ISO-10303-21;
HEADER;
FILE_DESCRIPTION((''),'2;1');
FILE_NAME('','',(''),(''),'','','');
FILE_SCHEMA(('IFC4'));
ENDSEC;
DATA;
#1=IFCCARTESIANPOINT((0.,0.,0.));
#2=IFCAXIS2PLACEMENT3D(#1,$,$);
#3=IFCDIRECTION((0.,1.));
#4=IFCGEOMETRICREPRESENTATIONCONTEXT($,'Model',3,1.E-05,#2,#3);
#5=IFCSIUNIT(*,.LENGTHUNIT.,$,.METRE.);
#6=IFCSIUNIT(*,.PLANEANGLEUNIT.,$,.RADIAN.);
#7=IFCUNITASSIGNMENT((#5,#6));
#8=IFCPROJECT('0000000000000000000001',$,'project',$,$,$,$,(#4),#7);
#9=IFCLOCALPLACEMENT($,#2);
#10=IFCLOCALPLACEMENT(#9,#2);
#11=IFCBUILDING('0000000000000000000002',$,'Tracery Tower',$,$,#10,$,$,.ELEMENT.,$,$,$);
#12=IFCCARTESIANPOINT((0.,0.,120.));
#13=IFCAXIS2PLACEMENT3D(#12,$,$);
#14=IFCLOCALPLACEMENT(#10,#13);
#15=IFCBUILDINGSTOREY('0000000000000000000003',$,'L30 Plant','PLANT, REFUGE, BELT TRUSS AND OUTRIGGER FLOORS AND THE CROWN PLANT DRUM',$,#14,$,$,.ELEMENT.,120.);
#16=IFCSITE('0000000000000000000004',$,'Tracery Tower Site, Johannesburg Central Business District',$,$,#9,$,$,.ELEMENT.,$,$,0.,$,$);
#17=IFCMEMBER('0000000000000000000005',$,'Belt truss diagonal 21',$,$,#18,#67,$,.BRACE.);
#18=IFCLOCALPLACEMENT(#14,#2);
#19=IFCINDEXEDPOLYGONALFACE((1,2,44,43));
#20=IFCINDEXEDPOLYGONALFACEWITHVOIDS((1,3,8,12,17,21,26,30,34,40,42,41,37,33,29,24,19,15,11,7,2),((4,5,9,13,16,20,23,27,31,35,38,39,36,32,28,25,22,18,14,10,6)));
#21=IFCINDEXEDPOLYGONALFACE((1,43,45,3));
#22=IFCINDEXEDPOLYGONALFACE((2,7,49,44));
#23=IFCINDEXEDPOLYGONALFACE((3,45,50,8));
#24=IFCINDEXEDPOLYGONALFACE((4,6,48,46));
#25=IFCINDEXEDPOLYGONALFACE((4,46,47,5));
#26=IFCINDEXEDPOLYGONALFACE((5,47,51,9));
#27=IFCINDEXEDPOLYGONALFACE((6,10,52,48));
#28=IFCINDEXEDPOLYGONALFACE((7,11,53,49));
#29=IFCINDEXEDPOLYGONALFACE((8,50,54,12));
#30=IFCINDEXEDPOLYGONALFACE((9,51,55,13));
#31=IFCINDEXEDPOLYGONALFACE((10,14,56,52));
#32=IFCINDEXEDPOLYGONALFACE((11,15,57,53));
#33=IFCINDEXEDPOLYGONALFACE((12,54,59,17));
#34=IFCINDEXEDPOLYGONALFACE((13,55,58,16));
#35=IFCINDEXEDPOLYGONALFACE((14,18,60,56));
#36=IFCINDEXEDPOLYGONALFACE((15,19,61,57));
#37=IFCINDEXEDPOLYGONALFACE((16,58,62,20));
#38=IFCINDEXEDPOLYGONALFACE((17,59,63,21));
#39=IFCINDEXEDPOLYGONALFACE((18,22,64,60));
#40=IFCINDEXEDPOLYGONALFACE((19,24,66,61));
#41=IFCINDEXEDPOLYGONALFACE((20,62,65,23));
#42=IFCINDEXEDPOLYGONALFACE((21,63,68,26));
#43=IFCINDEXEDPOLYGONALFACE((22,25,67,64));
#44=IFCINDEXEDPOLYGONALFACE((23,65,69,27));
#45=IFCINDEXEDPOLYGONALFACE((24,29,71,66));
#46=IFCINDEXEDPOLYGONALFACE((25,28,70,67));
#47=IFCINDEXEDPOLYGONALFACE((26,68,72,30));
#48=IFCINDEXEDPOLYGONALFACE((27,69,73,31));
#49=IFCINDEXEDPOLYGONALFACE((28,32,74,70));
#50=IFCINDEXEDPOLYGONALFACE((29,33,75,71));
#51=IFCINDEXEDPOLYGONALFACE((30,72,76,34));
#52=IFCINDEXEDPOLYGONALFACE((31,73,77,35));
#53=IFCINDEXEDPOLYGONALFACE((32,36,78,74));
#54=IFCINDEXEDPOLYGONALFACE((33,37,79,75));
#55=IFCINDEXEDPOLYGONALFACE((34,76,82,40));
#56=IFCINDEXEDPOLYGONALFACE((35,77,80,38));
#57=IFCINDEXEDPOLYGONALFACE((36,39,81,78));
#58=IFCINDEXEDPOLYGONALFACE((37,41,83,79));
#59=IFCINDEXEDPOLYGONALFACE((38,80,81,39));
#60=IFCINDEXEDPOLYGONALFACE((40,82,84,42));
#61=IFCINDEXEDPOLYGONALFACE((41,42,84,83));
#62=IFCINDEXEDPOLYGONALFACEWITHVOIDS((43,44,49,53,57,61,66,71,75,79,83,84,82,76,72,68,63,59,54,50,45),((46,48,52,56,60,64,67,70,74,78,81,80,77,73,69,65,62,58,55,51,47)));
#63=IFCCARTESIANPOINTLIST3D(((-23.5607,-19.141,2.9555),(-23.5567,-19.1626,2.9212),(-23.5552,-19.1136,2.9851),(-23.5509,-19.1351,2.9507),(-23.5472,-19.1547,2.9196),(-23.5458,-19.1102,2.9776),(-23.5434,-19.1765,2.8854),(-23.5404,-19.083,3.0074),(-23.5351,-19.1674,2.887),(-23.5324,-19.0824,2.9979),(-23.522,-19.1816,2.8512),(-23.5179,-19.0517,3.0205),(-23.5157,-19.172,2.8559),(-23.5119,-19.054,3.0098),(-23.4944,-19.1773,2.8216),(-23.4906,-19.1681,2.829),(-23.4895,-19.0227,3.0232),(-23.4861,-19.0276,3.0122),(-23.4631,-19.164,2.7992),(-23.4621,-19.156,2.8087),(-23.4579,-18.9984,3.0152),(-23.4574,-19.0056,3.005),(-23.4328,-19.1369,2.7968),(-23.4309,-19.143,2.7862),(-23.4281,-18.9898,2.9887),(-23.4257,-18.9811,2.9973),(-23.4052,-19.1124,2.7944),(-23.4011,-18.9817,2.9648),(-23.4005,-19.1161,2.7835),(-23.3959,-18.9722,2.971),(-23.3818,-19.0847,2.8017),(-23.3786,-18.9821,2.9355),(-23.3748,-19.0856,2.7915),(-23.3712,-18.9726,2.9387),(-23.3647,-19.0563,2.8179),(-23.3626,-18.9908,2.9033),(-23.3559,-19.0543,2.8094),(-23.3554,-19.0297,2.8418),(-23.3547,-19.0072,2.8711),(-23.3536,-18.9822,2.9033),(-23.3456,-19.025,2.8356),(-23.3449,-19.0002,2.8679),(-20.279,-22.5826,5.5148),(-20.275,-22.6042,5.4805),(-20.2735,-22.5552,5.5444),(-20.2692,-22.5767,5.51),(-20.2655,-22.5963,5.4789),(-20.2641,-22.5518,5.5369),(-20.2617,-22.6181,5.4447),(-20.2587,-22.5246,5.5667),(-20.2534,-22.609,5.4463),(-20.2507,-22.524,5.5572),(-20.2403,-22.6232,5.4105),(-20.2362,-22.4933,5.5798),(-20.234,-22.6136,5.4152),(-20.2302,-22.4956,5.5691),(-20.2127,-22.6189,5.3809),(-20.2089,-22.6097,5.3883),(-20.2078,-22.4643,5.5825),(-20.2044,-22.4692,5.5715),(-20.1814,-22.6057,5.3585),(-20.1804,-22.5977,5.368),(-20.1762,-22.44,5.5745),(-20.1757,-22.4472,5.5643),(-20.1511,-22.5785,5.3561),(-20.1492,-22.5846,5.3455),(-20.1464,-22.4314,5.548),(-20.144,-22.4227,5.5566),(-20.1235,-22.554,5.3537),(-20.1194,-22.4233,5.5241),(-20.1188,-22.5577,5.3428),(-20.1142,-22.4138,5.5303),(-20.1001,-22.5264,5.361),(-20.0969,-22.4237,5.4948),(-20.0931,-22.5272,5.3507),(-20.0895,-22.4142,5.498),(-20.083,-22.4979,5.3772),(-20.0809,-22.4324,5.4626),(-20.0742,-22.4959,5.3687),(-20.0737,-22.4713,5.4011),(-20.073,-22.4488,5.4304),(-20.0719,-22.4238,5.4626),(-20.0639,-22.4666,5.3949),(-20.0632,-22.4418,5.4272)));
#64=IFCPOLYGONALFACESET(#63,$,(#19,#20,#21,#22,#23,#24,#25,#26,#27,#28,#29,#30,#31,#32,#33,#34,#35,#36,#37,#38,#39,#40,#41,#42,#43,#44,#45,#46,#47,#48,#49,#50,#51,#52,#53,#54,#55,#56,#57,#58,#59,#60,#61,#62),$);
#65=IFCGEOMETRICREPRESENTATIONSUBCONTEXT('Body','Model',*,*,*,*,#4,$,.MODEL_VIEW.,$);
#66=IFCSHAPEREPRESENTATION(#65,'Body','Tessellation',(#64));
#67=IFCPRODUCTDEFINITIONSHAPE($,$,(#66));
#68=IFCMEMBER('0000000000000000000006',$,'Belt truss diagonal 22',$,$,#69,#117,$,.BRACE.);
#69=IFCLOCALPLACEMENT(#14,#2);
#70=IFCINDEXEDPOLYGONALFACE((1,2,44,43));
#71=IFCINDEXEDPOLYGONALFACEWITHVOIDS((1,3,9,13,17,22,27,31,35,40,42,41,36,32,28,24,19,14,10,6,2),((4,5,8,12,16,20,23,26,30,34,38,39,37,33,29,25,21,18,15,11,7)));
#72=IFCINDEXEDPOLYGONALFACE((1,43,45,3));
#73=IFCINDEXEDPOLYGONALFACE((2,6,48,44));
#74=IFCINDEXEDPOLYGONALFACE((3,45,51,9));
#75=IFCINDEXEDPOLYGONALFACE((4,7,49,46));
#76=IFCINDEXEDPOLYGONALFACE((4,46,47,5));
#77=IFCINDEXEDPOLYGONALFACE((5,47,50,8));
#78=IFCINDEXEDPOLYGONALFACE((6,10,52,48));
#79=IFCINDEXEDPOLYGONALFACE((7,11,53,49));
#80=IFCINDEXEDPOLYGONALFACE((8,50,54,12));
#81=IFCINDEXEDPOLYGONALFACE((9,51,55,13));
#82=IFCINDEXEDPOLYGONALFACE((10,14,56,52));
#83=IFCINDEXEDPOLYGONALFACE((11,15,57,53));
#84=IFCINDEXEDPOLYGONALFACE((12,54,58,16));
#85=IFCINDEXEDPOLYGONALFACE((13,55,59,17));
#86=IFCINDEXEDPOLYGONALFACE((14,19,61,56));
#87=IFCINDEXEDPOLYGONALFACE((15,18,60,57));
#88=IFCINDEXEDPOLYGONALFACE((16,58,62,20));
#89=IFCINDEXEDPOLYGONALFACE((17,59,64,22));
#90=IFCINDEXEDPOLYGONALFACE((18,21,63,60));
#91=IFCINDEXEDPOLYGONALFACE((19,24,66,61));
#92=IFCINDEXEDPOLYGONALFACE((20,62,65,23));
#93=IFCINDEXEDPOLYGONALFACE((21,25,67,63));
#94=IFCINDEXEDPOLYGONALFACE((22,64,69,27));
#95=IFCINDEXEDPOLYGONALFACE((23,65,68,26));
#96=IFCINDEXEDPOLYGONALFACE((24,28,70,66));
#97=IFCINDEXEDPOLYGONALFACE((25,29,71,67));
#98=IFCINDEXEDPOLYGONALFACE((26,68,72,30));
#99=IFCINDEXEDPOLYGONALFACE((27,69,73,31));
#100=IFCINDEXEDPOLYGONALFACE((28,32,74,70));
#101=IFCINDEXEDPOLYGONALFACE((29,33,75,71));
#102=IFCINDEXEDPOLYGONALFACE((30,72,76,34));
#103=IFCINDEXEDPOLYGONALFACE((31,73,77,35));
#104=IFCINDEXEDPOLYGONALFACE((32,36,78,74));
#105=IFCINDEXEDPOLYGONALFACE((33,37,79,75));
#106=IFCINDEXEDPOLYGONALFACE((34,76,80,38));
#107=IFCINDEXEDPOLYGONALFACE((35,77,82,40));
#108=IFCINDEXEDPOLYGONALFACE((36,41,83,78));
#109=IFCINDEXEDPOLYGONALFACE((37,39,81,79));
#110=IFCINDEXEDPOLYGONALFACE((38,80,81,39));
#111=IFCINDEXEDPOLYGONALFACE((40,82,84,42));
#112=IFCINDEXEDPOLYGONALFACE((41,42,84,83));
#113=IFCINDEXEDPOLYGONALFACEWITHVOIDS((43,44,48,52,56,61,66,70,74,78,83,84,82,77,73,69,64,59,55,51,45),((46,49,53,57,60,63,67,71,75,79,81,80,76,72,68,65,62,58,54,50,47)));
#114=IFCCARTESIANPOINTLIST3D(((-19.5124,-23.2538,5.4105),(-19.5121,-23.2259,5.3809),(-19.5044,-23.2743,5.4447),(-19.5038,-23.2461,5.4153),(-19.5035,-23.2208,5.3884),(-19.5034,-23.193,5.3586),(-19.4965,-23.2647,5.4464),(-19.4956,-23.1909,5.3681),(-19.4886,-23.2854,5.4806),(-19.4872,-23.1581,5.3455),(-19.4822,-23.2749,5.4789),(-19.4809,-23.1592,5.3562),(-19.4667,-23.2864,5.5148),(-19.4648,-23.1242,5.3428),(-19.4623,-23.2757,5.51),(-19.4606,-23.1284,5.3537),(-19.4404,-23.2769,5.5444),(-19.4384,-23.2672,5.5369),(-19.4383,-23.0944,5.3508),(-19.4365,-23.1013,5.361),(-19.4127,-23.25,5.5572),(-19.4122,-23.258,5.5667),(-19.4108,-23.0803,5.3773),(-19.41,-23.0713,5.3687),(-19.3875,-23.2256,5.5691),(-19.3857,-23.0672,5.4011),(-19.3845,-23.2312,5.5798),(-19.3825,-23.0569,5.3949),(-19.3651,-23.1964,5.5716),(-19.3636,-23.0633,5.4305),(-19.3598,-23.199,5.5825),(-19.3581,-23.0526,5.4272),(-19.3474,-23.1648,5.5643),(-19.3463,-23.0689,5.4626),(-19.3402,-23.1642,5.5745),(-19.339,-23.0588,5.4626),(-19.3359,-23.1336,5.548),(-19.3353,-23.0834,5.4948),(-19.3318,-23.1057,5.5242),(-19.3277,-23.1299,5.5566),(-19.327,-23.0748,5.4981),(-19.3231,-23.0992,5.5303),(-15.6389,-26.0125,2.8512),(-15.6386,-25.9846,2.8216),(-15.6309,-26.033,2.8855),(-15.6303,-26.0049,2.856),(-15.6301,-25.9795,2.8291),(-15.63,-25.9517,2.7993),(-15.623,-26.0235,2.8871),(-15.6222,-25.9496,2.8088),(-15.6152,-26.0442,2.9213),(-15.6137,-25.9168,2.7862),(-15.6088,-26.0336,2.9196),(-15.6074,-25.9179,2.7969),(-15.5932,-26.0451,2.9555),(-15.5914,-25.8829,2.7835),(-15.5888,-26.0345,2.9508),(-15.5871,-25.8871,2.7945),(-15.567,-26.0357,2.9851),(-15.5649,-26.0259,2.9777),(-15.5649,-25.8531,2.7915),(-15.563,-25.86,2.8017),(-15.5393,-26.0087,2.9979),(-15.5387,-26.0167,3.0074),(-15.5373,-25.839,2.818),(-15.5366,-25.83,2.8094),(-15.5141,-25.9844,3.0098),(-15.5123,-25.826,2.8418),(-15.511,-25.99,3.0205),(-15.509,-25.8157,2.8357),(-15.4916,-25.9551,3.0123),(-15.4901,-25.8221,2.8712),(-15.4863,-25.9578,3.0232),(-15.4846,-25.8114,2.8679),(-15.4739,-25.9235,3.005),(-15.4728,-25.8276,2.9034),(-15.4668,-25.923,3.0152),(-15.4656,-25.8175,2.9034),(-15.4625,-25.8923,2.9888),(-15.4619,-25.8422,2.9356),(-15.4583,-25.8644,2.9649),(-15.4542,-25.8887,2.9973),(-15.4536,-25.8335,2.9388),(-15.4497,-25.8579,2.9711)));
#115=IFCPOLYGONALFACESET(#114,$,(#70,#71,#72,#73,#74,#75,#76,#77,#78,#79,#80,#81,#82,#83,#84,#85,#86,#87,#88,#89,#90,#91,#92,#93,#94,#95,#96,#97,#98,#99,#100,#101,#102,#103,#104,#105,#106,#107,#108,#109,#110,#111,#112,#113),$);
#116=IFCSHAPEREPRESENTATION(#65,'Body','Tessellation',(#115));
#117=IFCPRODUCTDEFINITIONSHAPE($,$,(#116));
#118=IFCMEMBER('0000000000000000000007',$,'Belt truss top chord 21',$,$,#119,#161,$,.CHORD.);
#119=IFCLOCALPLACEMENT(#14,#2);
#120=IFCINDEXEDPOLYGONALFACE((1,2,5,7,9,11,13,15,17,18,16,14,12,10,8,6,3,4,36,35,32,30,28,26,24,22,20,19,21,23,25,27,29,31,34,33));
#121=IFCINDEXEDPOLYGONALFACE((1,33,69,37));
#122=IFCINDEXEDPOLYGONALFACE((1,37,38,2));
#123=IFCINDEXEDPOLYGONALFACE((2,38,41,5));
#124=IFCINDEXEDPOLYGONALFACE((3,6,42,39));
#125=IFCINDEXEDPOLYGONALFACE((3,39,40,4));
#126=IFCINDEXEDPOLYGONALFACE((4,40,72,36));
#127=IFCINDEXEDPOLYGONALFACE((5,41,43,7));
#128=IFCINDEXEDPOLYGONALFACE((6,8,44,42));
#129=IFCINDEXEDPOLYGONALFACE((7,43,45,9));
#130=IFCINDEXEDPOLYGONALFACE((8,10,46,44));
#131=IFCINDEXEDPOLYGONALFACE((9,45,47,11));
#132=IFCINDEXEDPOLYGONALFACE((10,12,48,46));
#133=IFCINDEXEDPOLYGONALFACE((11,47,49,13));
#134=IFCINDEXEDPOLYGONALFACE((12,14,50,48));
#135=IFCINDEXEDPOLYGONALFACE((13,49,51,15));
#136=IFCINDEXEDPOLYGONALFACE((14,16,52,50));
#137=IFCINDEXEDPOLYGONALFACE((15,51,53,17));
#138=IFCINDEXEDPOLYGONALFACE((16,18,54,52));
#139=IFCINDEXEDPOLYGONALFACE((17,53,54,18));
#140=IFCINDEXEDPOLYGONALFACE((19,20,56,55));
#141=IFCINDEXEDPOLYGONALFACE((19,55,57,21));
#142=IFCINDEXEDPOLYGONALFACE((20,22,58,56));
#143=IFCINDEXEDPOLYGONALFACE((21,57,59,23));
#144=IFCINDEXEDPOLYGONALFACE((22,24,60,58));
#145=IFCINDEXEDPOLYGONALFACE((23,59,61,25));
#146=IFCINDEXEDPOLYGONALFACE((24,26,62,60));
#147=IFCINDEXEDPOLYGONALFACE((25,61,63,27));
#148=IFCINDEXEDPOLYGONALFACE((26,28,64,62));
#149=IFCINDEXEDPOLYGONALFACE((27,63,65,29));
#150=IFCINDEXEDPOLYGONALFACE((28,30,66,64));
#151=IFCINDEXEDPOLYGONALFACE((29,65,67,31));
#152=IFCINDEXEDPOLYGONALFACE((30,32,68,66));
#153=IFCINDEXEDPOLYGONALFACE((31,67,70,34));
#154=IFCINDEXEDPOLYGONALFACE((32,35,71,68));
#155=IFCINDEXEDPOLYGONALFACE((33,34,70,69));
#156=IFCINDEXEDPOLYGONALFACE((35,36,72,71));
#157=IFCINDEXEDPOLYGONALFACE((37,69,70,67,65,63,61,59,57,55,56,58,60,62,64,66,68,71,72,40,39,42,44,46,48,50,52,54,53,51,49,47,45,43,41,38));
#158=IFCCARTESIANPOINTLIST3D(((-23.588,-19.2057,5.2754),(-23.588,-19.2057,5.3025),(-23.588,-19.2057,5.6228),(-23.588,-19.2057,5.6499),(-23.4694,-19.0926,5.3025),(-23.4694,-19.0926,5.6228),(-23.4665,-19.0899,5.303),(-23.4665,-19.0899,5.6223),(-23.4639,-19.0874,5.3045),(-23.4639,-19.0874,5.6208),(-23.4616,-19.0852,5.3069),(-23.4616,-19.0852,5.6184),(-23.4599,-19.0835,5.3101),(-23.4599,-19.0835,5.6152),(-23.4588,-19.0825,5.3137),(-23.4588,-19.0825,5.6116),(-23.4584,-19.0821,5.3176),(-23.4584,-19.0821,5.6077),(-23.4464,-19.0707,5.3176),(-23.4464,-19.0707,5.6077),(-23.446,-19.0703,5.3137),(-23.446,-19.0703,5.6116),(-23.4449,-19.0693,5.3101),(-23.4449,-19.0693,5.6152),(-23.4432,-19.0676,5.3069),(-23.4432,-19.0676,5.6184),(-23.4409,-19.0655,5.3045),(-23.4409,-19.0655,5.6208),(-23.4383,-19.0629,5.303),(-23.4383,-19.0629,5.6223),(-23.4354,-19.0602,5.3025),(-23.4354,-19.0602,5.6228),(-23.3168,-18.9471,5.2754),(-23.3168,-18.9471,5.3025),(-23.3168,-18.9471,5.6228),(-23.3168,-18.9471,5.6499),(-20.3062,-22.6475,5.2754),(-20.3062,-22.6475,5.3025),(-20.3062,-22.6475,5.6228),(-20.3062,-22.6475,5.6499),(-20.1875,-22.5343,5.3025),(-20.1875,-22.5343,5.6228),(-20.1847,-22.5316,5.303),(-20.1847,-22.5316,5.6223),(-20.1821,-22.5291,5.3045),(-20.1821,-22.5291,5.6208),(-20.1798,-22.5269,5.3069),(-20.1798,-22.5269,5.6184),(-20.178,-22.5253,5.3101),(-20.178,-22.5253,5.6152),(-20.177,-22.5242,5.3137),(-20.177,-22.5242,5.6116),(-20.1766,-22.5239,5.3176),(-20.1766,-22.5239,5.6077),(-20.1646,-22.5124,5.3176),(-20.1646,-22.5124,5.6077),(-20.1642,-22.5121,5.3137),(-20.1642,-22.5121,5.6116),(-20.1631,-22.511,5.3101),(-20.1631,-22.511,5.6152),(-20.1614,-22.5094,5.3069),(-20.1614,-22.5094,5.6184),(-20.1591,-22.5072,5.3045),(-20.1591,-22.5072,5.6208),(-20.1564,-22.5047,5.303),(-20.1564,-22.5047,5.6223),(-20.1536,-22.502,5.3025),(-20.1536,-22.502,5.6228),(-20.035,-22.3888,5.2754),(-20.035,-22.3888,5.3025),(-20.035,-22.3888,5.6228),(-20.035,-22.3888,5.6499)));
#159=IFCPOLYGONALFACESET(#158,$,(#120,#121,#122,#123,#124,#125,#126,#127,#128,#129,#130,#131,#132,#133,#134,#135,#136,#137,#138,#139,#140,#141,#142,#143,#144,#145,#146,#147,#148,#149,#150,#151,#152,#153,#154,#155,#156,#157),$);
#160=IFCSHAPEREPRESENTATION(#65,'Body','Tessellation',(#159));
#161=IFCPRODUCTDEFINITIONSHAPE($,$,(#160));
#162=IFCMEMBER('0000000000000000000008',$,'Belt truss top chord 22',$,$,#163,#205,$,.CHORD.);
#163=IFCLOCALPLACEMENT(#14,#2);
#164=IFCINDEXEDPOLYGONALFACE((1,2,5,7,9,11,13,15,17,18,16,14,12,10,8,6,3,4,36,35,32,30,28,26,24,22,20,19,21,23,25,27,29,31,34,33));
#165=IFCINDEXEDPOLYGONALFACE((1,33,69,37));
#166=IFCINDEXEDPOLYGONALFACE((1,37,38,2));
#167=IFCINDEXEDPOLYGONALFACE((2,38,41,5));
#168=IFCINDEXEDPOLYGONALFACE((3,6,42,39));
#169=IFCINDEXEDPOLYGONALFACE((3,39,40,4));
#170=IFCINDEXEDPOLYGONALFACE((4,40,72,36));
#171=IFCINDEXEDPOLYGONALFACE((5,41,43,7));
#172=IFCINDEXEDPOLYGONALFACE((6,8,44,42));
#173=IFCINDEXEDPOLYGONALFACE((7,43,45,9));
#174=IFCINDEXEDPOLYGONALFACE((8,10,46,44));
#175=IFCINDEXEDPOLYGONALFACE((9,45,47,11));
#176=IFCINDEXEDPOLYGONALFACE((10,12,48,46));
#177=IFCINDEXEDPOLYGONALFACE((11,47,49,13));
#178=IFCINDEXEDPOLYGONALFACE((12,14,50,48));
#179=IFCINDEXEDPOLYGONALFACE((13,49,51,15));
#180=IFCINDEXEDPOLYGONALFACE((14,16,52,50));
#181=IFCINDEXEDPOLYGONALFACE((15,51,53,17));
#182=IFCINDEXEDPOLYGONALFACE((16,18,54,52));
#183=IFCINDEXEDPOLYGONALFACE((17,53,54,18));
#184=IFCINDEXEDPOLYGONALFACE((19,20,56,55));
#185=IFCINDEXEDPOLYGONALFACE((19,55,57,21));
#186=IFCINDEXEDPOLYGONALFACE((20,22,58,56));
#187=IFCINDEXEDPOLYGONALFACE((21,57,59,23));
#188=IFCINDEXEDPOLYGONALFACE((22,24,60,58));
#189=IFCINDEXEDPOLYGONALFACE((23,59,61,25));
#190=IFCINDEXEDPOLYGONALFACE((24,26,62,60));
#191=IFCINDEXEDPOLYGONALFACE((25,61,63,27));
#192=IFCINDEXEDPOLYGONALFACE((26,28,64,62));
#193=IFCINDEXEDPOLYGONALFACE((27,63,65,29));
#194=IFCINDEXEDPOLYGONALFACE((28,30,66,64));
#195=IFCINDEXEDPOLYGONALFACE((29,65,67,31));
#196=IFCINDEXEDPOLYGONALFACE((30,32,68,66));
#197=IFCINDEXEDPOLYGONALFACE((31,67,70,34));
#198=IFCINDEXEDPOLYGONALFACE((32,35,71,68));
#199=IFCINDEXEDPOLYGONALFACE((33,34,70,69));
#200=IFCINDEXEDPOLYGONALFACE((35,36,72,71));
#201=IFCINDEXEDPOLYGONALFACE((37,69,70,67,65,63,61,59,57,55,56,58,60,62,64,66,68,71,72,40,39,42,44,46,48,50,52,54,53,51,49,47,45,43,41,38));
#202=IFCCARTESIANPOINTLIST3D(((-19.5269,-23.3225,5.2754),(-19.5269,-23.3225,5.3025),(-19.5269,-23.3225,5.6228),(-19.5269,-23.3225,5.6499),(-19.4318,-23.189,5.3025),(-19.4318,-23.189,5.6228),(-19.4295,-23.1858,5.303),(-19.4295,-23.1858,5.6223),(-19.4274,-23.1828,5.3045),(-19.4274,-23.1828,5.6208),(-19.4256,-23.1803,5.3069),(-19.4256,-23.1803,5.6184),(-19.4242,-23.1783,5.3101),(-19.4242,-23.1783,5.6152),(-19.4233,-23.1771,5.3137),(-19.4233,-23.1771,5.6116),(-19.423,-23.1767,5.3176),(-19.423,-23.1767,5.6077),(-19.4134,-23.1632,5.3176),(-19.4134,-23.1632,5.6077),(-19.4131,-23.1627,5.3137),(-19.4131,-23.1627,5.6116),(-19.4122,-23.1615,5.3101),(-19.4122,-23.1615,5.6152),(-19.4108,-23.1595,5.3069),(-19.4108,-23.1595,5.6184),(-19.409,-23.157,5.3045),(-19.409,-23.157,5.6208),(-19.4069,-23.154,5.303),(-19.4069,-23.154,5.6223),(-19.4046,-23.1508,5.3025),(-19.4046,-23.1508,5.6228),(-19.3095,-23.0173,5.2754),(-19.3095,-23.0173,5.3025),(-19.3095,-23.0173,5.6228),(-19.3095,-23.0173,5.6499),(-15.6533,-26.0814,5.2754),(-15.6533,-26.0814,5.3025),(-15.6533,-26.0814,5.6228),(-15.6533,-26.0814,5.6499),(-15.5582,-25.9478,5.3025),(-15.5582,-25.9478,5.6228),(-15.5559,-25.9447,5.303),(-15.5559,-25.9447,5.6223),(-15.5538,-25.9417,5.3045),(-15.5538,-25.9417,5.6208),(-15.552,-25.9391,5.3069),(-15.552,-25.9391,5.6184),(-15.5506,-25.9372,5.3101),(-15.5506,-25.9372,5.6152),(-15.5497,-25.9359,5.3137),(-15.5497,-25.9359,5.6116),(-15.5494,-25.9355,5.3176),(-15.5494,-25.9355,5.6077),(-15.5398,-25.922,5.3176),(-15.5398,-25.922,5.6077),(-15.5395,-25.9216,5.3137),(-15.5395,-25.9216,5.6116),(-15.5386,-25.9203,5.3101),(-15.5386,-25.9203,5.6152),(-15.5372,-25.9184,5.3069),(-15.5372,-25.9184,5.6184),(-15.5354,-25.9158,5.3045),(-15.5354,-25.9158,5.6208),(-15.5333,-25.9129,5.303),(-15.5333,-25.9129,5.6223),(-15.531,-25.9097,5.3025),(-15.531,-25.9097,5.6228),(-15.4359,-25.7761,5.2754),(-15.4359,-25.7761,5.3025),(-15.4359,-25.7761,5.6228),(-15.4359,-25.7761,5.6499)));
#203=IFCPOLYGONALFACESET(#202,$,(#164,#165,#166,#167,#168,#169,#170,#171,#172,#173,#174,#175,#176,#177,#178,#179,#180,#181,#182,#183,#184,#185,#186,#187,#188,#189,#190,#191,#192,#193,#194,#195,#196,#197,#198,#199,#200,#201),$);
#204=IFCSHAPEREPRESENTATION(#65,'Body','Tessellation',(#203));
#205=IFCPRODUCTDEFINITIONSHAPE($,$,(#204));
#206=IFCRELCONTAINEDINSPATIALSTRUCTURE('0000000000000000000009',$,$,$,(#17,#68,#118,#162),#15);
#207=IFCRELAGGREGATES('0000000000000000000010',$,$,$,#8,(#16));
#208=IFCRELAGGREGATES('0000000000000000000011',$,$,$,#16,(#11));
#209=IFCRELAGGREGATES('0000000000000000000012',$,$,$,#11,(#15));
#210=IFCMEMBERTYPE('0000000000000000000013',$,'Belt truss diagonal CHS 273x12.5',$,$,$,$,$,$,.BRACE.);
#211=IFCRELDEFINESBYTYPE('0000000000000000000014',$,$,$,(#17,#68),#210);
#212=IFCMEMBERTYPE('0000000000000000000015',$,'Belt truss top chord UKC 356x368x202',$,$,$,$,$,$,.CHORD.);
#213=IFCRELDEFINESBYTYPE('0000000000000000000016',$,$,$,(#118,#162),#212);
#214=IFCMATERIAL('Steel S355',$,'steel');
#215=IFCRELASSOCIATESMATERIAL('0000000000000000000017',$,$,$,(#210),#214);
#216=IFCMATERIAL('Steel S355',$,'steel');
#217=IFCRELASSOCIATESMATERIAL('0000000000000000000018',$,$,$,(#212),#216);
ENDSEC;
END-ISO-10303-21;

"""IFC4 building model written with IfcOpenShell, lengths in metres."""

from ifc_helpers import new_model, si_unit, direction, frame, origin, origin_2d, place, context, subcontext, project, spatial, hollow_circle, i_section, extrude, material, material_profile, profile_set, type_object, element, save


model = new_model("IFC4")

# Units and contexts
model_context = context("Model", 3, precision=1e-05, world=origin(), true_north=direction((0.0, 1.0)))
body_context = subcontext(model_context, "Body", "Model", "MODEL_VIEW")
ifc_project = project(units=[si_unit("LENGTHUNIT", "METRE"), si_unit("PLANEANGLEUNIT", "RADIAN")], contexts=[model_context])

# Site, building, storey
site_placement = place(None, origin())
site = spatial("IfcSite", under=ifc_project, at=site_placement, Name="Tracery Tower Site, Johannesburg Central Business District", CompositionType="ELEMENT", RefElevation=0.0)
building_placement = place(site_placement, origin())
building = spatial("IfcBuilding", under=site, at=building_placement, Name="Tracery Tower", CompositionType="ELEMENT")
storey_placement = place(building_placement, frame((0.0, 0.0, 120.0)))
storey = spatial("IfcBuildingStorey", under=building, at=storey_placement, Name="L30 Plant", Description="PLANT, REFUGE, BELT TRUSS AND OUTRIGGER FLOORS AND THE CROWN PLANT DRUM", CompositionType="ELEMENT", Elevation=120.0)

# Members
ifc_material_1 = material(Name="Steel S355", Category="steel")
ifc_material_profile_1 = material_profile(ifc_material_1, hollow_circle(Radius=0.1365, WallThickness=0.0125, at=origin_2d()), Name="CHS 273x12.5")
ifc_profile_set_1 = profile_set([ifc_material_profile_1], Name="Steel S355")
member_type_1 = type_object("IfcMemberType", Name="Belt truss diagonal CHS 273x12.5", PredefinedType="BRACE", material=ifc_profile_set_1)
for number, where, z_axis, x_axis, name in (
    (1, (-23.4524, -19.0764, 2.9033), (0.607678, -0.637289, 0.473909), (0.72372, 0.690093, 0.0), "Belt truss diagonal 21"),
    (2, (-19.4182, -23.1699, 5.4626), (0.717256, -0.51084, -0.473906), (0.580121, 0.814531, 0.0), "Belt truss diagonal 22"),
):
    element("IfcMember", number, at=place(storey_placement, frame(where, z_axis=z_axis, x_axis=x_axis)), inside=storey, type_object=member_type_1, Name=name, PredefinedType="BRACE", context=body_context, shape_type="SweptSolid", body=[
        extrude(hollow_circle(Radius=0.1365, WallThickness=0.0125, at=origin_2d()), origin(), (0.0, 0.0, 1.0), 5.4004),
    ])
ifc_material_2 = material(Name="Steel S355", Category="steel")
ifc_material_profile_2 = material_profile(ifc_material_2, i_section(OverallWidth=0.3748, OverallDepth=0.3745, WebThickness=0.0166, FlangeThickness=0.0271, FilletRadius=0.0151, at=origin_2d()), Name="UKC 356x368x202")
ifc_profile_set_2 = profile_set([ifc_material_profile_2], Name="Steel S355")
member_type_2 = type_object("IfcMemberType", Name="Belt truss top chord UKC 356x368x202", PredefinedType="CHORD", material=ifc_profile_set_2)
for number, where, z_axis, x_axis, name in (
    (3, (-23.4524, -19.0764, 5.4626), (0.690093, -0.72372, 0.0), (0.72372, 0.690093, 0.0), "Belt truss top chord 21"),
    (4, (-19.4182, -23.1699, 5.4626), (0.814531, -0.580121, 0.0), (0.580121, 0.814531, 0.0), "Belt truss top chord 22"),
):
    element("IfcMember", number, at=place(storey_placement, frame(where, z_axis=z_axis, x_axis=x_axis)), inside=storey, type_object=member_type_2, Name=name, PredefinedType="CHORD", context=body_context, shape_type="SweptSolid", body=[
        extrude(i_section(OverallWidth=0.3748, OverallDepth=0.3745, WebThickness=0.0166, FlangeThickness=0.0271, FilletRadius=0.0151, at=origin_2d()), origin(), (0.0, 0.0, 1.0), 4.7556),
    ])

save(model, "model.ifc")
